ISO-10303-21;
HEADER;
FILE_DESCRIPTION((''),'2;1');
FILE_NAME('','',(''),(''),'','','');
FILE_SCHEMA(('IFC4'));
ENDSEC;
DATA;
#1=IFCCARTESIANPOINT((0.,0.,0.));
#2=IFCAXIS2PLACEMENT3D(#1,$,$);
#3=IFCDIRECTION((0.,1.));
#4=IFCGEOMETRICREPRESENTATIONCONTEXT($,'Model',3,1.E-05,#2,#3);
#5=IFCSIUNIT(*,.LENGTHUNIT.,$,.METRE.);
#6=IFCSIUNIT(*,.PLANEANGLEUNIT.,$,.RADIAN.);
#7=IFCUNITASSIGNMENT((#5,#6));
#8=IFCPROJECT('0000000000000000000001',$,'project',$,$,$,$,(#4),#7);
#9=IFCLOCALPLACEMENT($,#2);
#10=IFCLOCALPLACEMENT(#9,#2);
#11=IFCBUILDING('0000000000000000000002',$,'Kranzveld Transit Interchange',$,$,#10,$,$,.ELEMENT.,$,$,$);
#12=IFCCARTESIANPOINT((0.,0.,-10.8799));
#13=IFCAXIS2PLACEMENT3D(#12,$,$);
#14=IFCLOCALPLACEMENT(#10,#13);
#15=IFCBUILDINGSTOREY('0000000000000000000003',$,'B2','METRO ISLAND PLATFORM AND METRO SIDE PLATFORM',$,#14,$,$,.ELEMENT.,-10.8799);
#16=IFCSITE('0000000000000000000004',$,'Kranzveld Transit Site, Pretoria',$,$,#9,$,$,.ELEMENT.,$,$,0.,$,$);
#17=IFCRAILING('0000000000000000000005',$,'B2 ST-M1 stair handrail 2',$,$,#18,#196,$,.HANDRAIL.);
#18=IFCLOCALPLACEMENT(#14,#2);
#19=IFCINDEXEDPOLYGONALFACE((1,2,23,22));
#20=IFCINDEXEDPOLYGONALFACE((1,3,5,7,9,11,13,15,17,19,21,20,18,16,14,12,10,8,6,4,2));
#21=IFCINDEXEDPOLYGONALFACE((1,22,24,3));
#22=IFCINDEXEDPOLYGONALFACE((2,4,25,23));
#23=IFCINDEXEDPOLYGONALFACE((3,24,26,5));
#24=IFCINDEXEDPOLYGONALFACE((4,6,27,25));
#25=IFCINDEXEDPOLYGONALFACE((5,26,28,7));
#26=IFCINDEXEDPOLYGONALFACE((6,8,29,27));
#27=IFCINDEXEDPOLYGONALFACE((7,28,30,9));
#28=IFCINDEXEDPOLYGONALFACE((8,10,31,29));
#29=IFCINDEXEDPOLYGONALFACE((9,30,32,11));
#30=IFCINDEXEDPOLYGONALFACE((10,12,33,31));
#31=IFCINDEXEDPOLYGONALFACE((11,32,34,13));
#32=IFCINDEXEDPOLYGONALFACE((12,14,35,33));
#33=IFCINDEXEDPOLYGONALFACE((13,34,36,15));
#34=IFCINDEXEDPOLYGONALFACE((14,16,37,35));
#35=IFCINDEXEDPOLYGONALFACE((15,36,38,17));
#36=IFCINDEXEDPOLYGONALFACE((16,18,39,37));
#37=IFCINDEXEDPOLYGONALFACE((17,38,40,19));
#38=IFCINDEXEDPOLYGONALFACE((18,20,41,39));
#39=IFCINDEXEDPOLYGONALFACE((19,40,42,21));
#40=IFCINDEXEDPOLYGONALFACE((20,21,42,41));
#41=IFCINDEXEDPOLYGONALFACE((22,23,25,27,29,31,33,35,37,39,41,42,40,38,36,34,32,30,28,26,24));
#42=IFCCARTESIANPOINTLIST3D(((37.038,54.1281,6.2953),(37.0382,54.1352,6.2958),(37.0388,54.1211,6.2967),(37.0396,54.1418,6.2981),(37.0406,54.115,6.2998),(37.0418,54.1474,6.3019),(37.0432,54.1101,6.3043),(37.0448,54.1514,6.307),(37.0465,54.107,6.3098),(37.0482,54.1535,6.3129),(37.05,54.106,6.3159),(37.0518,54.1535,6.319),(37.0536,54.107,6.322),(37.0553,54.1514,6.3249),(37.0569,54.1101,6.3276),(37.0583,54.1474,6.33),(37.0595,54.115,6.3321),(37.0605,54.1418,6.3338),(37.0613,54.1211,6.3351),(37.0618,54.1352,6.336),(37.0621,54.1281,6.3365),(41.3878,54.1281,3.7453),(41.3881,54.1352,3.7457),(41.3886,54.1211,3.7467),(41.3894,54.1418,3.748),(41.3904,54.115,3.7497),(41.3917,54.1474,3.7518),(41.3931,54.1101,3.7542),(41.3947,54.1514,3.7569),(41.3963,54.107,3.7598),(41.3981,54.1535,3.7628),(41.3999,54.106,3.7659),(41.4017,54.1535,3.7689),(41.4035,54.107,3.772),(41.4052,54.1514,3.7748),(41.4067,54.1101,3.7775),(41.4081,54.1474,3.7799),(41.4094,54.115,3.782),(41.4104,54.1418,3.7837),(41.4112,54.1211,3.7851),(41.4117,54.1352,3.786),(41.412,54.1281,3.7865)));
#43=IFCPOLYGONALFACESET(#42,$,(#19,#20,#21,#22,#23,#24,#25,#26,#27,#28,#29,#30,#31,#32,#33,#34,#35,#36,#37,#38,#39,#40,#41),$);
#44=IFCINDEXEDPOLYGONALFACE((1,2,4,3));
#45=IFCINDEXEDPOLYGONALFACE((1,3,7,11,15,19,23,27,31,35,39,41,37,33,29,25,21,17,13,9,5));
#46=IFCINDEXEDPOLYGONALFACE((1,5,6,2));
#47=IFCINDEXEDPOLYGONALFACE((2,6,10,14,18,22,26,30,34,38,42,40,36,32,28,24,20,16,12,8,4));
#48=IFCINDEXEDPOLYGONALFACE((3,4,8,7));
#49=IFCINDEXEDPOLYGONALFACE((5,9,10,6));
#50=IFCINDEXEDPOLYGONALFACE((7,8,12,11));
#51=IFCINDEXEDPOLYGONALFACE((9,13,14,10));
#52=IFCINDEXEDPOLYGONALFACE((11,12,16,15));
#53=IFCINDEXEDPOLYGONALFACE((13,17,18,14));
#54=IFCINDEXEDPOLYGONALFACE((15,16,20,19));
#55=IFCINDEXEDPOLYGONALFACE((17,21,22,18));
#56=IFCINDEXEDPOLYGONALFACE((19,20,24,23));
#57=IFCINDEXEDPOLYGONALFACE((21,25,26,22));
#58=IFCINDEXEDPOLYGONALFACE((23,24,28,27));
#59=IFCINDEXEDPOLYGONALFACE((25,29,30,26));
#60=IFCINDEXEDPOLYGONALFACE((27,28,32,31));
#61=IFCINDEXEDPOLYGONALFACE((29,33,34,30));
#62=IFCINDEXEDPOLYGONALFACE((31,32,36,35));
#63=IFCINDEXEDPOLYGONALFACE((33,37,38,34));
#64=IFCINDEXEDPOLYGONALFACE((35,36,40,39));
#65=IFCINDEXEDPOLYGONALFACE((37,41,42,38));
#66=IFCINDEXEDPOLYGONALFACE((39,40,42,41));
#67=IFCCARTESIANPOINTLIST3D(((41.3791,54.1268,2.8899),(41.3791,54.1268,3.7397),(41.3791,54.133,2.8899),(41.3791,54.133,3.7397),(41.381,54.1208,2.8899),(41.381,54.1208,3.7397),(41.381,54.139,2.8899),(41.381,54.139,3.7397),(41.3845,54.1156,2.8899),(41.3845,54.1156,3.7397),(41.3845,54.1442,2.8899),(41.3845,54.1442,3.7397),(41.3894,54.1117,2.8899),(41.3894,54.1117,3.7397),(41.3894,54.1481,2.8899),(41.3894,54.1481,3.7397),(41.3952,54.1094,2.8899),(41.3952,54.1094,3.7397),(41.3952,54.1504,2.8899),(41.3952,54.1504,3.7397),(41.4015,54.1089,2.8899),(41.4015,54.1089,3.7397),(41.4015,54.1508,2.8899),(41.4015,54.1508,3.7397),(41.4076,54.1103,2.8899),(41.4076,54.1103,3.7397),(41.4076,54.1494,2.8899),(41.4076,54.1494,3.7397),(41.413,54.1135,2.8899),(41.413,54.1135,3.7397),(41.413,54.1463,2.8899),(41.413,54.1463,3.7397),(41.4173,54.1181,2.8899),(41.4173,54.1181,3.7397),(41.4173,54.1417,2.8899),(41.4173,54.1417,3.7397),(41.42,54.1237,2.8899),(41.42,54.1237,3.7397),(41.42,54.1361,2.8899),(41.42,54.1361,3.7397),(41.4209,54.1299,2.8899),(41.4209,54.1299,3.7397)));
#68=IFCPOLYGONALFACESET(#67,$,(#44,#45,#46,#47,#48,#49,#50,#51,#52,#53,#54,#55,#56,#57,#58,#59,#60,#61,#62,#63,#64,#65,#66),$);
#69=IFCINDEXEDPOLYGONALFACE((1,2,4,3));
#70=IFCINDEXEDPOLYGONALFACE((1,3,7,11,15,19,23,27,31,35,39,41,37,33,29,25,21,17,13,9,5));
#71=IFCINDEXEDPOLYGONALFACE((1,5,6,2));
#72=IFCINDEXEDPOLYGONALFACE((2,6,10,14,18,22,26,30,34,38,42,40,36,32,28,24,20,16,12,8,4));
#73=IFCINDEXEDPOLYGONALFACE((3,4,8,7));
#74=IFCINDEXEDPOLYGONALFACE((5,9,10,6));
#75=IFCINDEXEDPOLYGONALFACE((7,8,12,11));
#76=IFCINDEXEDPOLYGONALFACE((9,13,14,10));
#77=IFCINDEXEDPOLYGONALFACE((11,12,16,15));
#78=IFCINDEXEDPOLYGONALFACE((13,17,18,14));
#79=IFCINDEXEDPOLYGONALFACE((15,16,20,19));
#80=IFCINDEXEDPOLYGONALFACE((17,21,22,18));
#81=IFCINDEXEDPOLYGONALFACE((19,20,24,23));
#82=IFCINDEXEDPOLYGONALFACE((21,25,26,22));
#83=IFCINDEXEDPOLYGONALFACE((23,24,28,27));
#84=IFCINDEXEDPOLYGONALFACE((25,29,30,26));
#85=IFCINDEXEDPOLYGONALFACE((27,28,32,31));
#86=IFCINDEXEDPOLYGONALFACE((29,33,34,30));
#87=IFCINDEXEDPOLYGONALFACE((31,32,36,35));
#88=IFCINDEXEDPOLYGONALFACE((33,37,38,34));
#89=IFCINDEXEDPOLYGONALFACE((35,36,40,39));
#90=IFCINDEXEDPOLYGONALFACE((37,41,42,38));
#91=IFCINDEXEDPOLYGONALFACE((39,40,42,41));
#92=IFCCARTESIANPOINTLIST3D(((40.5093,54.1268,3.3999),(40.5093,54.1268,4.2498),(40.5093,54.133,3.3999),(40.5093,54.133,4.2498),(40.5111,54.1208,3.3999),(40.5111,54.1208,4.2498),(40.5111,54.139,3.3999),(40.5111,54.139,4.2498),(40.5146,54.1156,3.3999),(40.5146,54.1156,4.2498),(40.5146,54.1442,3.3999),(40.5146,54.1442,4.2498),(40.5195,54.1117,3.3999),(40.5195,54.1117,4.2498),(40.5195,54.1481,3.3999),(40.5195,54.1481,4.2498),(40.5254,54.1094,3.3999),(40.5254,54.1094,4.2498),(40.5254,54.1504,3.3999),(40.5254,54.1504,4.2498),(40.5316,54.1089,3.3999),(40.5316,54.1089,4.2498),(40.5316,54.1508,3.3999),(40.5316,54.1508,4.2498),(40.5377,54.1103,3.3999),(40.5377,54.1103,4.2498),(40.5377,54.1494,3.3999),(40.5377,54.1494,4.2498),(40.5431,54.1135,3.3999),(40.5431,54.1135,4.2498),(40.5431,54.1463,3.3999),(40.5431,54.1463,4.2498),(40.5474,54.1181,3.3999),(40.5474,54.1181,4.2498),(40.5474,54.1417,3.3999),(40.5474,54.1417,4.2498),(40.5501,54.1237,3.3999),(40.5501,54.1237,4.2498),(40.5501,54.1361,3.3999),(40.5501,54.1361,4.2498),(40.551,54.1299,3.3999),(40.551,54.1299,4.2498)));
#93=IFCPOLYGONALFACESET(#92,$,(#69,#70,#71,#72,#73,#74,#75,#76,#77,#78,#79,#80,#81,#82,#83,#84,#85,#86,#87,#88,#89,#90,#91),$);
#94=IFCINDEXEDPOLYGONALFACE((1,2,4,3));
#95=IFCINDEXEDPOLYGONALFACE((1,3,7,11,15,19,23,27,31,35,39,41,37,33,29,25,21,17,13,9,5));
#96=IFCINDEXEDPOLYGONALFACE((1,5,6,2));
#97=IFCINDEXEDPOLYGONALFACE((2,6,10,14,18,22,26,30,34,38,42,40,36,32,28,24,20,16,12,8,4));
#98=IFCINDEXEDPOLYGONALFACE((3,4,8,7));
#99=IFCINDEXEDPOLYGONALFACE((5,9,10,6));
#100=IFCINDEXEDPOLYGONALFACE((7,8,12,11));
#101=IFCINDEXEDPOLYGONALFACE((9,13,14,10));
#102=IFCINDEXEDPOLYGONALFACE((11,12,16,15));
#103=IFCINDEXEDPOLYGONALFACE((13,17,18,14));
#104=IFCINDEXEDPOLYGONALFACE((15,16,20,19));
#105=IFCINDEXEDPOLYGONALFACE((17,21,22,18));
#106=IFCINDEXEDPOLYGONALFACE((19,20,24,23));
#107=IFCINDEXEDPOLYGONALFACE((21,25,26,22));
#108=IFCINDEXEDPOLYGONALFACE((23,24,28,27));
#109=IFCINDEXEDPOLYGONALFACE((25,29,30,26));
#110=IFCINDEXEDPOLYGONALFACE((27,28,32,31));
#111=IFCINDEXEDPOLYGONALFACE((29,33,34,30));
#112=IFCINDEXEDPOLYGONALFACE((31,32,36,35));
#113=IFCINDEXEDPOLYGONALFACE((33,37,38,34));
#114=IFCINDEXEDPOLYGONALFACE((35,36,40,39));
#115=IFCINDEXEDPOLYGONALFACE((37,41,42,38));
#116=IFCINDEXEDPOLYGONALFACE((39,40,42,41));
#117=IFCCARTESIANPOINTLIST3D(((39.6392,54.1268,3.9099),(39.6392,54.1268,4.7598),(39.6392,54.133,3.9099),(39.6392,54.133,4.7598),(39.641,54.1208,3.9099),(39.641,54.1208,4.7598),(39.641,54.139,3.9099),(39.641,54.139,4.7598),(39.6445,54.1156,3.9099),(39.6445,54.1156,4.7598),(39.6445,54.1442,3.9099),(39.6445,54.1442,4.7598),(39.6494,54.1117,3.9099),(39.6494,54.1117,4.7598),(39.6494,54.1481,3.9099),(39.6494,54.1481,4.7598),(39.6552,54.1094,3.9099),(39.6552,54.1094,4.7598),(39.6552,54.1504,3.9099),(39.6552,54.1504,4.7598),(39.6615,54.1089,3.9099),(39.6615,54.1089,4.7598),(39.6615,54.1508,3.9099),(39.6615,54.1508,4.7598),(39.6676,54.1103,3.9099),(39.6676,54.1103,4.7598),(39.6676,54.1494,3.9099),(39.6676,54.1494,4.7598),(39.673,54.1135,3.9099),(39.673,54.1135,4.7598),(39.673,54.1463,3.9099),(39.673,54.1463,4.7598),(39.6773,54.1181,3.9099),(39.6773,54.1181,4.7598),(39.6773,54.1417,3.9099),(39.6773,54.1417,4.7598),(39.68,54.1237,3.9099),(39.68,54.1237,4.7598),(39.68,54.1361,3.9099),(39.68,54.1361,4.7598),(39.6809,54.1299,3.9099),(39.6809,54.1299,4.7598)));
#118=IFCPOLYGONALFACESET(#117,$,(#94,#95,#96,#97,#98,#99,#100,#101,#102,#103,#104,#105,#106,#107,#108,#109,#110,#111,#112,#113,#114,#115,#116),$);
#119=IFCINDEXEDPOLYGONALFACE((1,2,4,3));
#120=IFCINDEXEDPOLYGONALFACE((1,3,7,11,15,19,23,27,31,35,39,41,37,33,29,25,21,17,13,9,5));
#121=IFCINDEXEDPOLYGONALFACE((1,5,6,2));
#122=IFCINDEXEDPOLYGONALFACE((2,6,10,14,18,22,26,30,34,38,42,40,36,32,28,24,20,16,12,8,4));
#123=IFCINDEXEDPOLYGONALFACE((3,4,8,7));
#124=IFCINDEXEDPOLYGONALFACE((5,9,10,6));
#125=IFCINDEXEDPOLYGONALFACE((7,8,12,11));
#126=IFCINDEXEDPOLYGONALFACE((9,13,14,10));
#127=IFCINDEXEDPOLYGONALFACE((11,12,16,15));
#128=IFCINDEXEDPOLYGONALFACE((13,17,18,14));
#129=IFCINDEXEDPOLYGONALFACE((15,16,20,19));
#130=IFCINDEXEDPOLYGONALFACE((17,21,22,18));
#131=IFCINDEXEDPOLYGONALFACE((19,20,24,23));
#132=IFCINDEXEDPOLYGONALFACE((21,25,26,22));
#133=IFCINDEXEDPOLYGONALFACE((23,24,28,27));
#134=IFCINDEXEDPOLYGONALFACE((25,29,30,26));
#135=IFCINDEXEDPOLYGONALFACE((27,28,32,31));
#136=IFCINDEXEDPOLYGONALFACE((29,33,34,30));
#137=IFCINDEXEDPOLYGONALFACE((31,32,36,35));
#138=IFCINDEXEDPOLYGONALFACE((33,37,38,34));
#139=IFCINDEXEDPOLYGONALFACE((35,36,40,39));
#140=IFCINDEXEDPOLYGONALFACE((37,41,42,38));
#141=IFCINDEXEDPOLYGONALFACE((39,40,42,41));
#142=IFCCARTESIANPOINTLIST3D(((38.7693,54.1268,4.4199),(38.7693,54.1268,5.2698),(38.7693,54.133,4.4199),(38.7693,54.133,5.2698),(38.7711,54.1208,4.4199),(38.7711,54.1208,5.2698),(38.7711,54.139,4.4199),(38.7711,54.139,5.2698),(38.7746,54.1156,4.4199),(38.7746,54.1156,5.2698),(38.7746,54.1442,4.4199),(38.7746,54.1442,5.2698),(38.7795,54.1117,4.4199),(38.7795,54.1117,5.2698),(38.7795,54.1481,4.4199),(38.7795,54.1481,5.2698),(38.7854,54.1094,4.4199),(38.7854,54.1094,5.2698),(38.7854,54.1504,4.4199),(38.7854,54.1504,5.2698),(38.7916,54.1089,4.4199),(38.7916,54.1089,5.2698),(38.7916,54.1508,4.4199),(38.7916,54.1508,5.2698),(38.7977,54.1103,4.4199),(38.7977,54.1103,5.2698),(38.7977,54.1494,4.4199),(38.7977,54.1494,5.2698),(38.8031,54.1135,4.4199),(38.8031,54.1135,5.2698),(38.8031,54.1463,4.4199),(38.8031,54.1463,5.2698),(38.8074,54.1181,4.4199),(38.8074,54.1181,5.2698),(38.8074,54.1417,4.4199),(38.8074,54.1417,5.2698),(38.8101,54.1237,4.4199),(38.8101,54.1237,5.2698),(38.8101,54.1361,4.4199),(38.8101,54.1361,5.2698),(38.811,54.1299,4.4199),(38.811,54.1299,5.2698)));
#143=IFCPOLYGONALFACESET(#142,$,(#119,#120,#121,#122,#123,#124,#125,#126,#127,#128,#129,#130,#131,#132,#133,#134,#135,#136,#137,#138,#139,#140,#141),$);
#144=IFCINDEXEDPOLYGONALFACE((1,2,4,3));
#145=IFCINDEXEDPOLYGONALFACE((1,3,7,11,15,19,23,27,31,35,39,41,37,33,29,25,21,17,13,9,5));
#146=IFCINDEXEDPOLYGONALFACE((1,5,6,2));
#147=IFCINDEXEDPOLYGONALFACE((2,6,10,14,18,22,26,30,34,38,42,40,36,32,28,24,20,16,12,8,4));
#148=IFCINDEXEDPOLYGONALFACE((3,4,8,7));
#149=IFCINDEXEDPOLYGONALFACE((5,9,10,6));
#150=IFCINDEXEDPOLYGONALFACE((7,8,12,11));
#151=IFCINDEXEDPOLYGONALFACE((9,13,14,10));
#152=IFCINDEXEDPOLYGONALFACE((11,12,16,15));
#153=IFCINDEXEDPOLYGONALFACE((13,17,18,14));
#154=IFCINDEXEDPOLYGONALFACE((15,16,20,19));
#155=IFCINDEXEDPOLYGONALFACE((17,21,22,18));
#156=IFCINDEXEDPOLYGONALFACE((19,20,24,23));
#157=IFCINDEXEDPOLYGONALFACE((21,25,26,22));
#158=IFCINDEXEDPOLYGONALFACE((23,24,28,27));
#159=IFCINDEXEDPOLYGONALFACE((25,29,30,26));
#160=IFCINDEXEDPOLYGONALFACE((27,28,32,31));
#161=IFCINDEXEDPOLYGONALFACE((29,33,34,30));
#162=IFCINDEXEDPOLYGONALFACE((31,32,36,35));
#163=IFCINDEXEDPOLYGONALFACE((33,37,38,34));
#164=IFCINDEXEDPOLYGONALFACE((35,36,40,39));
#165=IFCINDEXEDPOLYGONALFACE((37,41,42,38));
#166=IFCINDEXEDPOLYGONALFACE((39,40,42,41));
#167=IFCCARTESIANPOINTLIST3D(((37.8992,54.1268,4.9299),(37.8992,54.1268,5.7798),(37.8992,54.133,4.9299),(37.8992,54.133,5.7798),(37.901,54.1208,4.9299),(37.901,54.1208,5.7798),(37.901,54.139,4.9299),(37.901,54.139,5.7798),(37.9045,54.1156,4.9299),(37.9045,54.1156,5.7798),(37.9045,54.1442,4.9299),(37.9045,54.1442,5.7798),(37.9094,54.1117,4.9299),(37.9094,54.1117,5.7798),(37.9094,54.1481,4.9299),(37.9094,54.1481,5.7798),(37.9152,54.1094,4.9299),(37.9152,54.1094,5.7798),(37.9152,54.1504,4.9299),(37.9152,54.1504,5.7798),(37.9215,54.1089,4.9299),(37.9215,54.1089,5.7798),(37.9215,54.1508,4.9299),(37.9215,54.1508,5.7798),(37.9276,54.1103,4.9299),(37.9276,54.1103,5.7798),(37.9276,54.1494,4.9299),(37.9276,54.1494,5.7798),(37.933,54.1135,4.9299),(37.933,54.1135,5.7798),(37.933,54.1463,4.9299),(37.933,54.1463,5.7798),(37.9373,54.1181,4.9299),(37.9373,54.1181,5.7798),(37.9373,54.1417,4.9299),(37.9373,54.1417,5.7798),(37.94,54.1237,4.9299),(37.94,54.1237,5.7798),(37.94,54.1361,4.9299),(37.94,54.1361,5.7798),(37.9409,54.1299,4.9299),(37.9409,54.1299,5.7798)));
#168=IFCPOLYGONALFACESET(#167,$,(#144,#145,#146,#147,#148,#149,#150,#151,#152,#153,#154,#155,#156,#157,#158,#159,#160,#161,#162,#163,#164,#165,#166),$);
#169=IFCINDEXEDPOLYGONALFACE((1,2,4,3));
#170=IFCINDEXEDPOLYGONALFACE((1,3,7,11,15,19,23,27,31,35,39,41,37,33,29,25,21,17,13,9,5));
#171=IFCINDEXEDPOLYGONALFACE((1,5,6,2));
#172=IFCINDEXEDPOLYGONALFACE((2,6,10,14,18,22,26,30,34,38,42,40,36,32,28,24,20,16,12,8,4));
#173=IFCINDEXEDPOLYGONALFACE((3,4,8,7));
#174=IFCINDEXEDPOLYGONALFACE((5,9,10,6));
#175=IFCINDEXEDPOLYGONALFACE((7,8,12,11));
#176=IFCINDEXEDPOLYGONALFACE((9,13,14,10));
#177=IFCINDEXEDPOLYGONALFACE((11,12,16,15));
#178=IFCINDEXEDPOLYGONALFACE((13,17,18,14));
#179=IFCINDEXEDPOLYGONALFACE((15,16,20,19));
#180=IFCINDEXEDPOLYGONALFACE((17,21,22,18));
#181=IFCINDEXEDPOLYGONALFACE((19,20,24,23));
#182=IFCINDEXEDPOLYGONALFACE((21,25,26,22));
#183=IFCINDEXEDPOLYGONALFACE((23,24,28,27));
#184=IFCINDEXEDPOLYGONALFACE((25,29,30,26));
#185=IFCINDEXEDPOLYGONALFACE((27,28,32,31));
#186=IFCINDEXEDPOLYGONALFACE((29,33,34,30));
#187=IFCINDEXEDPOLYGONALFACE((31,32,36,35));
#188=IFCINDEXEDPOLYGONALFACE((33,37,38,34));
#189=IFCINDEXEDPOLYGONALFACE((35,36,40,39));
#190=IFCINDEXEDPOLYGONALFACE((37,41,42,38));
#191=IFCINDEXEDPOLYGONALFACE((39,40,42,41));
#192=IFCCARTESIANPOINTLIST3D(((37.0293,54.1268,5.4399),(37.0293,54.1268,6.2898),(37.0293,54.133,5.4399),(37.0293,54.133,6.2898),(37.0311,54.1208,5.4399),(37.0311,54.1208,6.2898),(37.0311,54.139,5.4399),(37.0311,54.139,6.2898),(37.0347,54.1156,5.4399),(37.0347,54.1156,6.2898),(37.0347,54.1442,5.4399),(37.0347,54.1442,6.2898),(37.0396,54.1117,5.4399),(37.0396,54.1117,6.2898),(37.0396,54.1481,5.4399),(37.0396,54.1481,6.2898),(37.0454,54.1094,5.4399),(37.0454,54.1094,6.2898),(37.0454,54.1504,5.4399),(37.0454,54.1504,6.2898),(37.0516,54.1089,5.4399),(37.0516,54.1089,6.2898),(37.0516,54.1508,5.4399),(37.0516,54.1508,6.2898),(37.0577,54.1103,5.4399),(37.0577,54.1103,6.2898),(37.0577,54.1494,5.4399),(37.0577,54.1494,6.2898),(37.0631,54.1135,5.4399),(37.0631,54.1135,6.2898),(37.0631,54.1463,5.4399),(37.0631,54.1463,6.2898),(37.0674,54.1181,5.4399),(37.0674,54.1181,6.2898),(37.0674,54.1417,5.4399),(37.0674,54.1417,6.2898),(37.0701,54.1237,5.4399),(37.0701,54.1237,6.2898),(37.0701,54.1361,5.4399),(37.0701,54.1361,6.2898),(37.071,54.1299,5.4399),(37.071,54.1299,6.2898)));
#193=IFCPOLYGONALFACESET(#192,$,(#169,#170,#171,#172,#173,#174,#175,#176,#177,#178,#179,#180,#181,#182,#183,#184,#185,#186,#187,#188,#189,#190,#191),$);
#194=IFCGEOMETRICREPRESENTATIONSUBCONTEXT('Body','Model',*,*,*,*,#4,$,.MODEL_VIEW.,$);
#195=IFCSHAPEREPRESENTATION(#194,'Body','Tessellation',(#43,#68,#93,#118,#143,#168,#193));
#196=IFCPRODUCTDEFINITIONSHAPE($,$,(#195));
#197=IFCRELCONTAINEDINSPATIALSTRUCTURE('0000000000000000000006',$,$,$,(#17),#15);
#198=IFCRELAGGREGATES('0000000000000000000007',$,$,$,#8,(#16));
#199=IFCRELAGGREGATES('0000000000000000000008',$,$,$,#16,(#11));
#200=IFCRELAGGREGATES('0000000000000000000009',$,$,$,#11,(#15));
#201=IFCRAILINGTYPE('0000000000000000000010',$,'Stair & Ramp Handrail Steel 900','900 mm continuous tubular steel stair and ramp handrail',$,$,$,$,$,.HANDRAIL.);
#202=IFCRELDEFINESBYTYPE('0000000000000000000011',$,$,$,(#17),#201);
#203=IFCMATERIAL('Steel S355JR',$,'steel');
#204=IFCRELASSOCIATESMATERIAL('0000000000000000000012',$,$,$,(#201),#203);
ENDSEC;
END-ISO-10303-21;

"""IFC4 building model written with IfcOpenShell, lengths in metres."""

from ifc_helpers import new_model, si_unit, direction, frame, origin, origin_2d, place, context, subcontext, project, spatial, circle, extrude, material, type_object, element, save


model = new_model("IFC4")

# Units and contexts
model_context = context("Model", 3, precision=1e-05, world=origin(), true_north=direction((0.0, 1.0)))
body_context = subcontext(model_context, "Body", "Model", "MODEL_VIEW")
ifc_project = project(units=[si_unit("LENGTHUNIT", "METRE"), si_unit("PLANEANGLEUNIT", "RADIAN")], contexts=[model_context])

# Site, building, storey
site_placement = place(None, origin())
site = spatial("IfcSite", under=ifc_project, at=site_placement, Name="Kranzveld Transit Site, Pretoria", CompositionType="ELEMENT", RefElevation=0.0)
building_placement = place(site_placement, origin())
building = spatial("IfcBuilding", under=site, at=building_placement, Name="Kranzveld Transit Interchange", CompositionType="ELEMENT")
storey_placement = place(building_placement, frame((0.0, 0.0, -10.8799)))
storey = spatial("IfcBuildingStorey", under=building, at=storey_placement, Name="B2", Description="METRO ISLAND PLATFORM AND METRO SIDE PLATFORM", CompositionType="ELEMENT", Elevation=-10.8799)

# Railing
ifc_material_1 = material(Name="Steel S355JR", Category="steel")
railing_type_1 = type_object("IfcRailingType", Name="Stair & Ramp Handrail Steel 900", Description="900 mm continuous tubular steel stair and ramp handrail", PredefinedType="HANDRAIL", material=ifc_material_1)
railing_1_placement = place(storey_placement, frame((41.3999, 54.1299, 2.8899)))
element("IfcRailing", 1, at=railing_1_placement, inside=storey, type_object=railing_type_1, Name="B2 ST-M1 stair handrail 2", PredefinedType="HANDRAIL", context=body_context, shape_type="SweptSolid", body=[
    extrude(circle(Radius=0.0239, at=origin_2d()), frame((0.0, 0.0, 0.876), z_axis=(-0.862686, 0.0, 0.505739), x_axis=(0.0, -1.0, 0.0)), (0.0, 0.0, 1.0), 5.0422),
    extrude(circle(Radius=0.021, at=origin_2d()), origin(), (0.0, 0.0, 1.0), 0.8499),
    extrude(circle(Radius=0.021, at=origin_2d()), frame((-0.8699, 0.0, 0.51)), (0.0, 0.0, 1.0), 0.8499),
    extrude(circle(Radius=0.021, at=origin_2d()), frame((-1.74, 0.0, 1.02)), (0.0, 0.0, 1.0), 0.8499),
    extrude(circle(Radius=0.021, at=origin_2d()), frame((-2.6099, 0.0, 1.53)), (0.0, 0.0, 1.0), 0.8499),
    extrude(circle(Radius=0.021, at=origin_2d()), frame((-3.48, 0.0, 2.04)), (0.0, 0.0, 1.0), 0.8499),
    extrude(circle(Radius=0.021, at=origin_2d()), frame((-4.3499, 0.0, 2.55)), (0.0, 0.0, 1.0), 0.8499),
])

save(model, "model.ifc")
